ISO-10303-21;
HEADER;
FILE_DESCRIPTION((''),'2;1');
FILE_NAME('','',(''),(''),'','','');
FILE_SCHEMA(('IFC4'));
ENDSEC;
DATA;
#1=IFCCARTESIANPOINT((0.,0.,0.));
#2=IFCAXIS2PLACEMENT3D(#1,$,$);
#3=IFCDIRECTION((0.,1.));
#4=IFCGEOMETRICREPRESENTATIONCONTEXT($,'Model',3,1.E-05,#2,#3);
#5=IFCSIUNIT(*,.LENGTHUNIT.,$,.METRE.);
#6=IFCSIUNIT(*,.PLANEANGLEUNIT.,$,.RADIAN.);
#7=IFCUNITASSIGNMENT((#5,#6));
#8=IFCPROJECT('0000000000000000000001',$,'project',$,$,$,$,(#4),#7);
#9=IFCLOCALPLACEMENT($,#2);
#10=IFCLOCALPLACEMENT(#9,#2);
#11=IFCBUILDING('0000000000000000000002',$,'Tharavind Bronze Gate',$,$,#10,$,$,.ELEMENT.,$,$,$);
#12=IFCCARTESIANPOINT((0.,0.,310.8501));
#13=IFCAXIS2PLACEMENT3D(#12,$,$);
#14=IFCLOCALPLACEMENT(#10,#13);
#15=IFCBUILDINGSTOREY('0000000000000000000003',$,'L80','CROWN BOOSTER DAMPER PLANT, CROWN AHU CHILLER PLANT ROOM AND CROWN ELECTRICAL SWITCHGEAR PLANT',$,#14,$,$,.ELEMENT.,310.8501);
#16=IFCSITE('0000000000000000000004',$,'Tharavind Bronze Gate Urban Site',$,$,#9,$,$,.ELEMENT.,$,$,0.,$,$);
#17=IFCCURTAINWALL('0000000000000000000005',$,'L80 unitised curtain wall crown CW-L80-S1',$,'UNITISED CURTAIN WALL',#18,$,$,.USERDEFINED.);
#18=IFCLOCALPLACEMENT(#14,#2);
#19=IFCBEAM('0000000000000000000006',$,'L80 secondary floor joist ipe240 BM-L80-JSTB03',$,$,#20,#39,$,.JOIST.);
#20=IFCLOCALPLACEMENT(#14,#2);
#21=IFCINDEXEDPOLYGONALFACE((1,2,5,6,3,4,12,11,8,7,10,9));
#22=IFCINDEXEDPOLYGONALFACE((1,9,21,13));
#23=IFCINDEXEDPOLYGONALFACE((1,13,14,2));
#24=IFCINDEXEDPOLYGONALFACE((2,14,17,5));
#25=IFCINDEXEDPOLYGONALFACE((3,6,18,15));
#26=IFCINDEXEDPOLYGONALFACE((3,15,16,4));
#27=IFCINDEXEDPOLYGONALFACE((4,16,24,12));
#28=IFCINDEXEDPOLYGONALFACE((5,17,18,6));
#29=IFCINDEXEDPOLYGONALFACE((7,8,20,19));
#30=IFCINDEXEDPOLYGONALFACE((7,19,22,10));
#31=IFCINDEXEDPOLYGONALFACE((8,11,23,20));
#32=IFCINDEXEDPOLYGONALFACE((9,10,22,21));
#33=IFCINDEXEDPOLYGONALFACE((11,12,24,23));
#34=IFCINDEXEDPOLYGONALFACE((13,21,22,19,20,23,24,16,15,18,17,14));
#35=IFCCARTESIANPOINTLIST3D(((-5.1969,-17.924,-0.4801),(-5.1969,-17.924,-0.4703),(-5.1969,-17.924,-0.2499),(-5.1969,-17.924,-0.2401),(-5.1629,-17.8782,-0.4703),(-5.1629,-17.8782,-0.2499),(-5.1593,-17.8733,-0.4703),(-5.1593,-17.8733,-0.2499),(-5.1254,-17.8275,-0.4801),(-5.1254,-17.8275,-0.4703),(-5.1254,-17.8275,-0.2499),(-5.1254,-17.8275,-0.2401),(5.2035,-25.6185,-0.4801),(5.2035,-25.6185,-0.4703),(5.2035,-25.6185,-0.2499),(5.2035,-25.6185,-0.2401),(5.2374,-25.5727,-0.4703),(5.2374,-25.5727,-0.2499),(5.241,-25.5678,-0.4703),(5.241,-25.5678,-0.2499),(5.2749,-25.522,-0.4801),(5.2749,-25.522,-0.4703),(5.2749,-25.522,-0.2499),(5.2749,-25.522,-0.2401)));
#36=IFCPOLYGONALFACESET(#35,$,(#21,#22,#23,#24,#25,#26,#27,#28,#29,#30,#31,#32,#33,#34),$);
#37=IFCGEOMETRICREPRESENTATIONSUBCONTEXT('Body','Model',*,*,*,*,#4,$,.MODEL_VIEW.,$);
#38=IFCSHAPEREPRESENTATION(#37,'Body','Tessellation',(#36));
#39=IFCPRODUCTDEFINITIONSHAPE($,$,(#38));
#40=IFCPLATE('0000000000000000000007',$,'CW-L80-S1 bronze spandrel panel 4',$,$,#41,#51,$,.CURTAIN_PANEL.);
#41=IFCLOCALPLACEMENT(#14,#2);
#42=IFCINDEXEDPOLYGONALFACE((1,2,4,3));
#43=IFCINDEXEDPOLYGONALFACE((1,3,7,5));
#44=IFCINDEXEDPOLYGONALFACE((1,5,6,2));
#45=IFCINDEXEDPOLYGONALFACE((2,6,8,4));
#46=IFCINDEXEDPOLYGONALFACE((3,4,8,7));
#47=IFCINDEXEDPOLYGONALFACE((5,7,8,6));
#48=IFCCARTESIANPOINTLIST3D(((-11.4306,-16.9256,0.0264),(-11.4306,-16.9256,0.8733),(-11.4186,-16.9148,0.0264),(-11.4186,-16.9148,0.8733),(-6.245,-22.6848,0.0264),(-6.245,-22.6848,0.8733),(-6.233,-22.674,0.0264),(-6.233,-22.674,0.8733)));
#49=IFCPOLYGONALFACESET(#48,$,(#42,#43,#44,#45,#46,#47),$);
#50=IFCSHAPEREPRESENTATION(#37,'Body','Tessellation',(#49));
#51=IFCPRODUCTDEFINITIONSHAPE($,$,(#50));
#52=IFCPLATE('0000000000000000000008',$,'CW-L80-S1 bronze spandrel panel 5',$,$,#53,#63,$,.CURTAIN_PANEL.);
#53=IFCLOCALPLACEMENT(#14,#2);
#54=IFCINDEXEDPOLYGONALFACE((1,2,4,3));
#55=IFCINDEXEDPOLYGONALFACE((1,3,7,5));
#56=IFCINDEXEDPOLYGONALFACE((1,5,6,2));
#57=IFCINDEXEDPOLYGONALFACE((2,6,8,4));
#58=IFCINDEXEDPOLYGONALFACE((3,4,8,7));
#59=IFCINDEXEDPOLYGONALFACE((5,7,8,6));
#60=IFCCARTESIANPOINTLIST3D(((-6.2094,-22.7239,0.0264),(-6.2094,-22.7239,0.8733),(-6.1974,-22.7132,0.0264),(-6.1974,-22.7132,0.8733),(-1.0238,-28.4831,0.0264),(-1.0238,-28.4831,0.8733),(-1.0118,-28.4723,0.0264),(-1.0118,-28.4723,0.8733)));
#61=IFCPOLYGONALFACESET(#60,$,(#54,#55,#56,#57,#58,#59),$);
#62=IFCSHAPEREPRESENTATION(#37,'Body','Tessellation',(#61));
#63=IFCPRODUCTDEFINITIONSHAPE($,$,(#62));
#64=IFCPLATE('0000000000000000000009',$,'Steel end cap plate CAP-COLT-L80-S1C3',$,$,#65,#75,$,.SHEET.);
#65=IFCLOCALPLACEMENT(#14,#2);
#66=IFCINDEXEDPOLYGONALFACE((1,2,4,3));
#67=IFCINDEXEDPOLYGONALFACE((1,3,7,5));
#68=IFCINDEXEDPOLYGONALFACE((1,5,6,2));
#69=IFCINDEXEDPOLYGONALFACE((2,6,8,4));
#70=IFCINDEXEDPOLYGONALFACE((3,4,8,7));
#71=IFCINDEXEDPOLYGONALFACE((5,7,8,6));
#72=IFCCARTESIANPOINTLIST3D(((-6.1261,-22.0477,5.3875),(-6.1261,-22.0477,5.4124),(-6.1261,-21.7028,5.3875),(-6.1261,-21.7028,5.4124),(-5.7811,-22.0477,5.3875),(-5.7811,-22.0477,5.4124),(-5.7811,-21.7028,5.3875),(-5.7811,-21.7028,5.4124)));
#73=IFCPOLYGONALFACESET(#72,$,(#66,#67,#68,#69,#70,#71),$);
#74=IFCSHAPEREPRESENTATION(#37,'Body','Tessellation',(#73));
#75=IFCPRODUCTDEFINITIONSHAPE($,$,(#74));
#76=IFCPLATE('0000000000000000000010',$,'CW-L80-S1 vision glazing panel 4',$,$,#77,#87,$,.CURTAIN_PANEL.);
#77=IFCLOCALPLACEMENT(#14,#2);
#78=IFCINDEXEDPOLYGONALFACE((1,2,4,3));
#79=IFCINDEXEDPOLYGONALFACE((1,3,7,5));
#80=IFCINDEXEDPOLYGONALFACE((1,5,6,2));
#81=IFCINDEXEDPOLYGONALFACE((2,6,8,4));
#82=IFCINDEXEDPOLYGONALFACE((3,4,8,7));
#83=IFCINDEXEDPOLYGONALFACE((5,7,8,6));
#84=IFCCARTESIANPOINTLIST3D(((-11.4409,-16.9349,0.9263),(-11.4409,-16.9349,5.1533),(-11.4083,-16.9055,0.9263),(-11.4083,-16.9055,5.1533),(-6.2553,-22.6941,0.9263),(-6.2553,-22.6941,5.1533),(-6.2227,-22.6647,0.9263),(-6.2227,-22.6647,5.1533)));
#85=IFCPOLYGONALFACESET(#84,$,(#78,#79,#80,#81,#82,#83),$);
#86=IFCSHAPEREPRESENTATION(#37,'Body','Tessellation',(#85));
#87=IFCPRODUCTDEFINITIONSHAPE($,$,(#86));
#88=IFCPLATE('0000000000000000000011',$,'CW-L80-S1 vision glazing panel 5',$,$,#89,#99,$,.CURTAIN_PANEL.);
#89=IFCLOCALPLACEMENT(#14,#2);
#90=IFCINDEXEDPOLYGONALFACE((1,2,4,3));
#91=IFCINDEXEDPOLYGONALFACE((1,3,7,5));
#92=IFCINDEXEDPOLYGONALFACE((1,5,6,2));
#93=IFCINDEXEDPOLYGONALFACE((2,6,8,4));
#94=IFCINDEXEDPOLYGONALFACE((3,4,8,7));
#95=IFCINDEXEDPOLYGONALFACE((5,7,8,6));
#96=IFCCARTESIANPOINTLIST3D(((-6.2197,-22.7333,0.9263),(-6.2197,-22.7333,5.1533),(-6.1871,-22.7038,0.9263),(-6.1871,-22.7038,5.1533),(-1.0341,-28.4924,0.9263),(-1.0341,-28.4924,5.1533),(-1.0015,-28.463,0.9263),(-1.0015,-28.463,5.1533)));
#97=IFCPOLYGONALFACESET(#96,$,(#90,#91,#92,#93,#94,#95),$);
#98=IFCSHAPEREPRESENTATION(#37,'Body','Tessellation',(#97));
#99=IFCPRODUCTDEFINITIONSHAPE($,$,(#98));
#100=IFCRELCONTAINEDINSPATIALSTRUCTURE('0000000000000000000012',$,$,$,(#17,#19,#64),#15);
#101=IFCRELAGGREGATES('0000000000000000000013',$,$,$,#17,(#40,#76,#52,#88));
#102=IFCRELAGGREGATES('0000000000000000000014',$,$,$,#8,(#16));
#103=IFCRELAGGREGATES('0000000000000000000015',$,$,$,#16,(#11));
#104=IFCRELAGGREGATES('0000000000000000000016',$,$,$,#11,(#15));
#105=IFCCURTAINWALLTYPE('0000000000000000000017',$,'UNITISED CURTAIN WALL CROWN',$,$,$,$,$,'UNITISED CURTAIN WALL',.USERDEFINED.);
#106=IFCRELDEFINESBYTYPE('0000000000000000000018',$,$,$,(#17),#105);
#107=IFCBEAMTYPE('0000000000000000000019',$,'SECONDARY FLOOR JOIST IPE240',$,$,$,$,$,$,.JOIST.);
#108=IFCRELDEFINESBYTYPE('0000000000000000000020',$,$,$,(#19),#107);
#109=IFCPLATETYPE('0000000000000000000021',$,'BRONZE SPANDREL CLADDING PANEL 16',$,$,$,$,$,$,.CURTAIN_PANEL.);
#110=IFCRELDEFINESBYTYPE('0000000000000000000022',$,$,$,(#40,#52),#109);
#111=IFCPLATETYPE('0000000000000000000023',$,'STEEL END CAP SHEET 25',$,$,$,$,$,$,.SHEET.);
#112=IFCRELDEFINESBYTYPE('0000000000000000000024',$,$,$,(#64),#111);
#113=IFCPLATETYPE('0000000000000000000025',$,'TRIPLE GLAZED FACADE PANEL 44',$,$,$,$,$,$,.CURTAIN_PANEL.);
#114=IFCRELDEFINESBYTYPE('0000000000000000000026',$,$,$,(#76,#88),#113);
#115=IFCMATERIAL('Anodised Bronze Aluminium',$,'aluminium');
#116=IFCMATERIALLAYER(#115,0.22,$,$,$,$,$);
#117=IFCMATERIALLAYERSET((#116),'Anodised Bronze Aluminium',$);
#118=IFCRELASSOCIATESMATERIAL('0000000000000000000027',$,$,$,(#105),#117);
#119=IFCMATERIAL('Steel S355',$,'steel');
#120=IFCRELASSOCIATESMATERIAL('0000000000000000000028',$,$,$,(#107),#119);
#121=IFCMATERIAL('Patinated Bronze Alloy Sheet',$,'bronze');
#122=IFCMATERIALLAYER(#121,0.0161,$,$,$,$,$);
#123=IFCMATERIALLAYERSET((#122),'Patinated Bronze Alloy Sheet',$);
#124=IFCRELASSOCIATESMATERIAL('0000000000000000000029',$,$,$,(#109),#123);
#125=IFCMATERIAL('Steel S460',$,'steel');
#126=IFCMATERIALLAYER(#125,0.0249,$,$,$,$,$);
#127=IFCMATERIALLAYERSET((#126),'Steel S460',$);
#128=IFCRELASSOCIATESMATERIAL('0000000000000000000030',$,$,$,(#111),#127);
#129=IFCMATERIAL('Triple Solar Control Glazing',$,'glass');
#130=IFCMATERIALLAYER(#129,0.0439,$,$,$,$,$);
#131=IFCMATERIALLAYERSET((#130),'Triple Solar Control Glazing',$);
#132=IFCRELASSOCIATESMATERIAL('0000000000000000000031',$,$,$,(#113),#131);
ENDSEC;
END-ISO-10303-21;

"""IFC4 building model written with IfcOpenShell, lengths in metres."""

from ifc_helpers import new_model, si_unit, direction, frame, origin, origin_2d, place, context, subcontext, project, spatial, rectangle, i_section, extrude, material, layer, layer_set, material_profile, profile_set, type_object, element, aggregate, save


model = new_model("IFC4")

# Units and contexts
model_context = context("Model", 3, precision=1e-05, world=origin(), true_north=direction((0.0, 1.0)))
body_context = subcontext(model_context, "Body", "Model", "MODEL_VIEW")
ifc_project = project(units=[si_unit("LENGTHUNIT", "METRE"), si_unit("PLANEANGLEUNIT", "RADIAN")], contexts=[model_context])

# Site, building, storey
site_placement = place(None, origin())
site = spatial("IfcSite", under=ifc_project, at=site_placement, Name="Tharavind Bronze Gate Urban Site", CompositionType="ELEMENT", RefElevation=0.0)
building_placement = place(site_placement, origin())
building = spatial("IfcBuilding", under=site, at=building_placement, Name="Tharavind Bronze Gate", CompositionType="ELEMENT")
storey_placement = place(building_placement, frame((0.0, 0.0, 310.8501)))
storey = spatial("IfcBuildingStorey", under=building, at=storey_placement, Name="L80", Description="CROWN BOOSTER DAMPER PLANT, CROWN AHU CHILLER PLANT ROOM AND CROWN ELECTRICAL SWITCHGEAR PLANT", CompositionType="ELEMENT", Elevation=310.8501)

# Shared definitions
ifc_material_1 = material(Name="Steel S460", Category="steel")

# Curtain wall
ifc_material_2 = material(Name="Anodised Bronze Aluminium", Category="aluminium")
ifc_layer_1 = layer(ifc_material_2, 0.22)
ifc_layer_set_1 = layer_set([ifc_layer_1], Name="Anodised Bronze Aluminium")
curtain_wall_type = type_object("IfcCurtainWallType", Name="UNITISED CURTAIN WALL CROWN", ElementType="UNITISED CURTAIN WALL", PredefinedType="USERDEFINED", material=ifc_layer_set_1)
curtain_wall_placement = place(storey_placement, origin())
curtain_wall = element("IfcCurtainWall", 1, at=curtain_wall_placement, inside=storey, type_object=curtain_wall_type, Name="L80 unitised curtain wall crown CW-L80-S1", ObjectType="UNITISED CURTAIN WALL", PredefinedType="USERDEFINED")

# Beam
ifc_material_3 = material(Name="Steel S355", Category="steel")
ifc_material_profile_1 = material_profile(ifc_material_3, i_section(OverallWidth=0.1201, OverallDepth=0.24, WebThickness=0.0061, FlangeThickness=0.0098, at=origin_2d()), Name="IPE240")
ifc_profile_set_1 = profile_set([ifc_material_profile_1], Name="Steel S355")
beam_type_1 = type_object("IfcBeamType", Name="SECONDARY FLOOR JOIST IPE240", PredefinedType="JOIST", material=ifc_profile_set_1)
beam_1_placement = place(storey_placement, frame((-5.1611, -17.8757, -0.3601), z_axis=(0.803905, -0.594758, 0.0), x_axis=(0.594758, 0.803905, 0.0)))
element("IfcBeam", 2, at=beam_1_placement, inside=storey, type_object=beam_type_1, Name="L80 secondary floor joist ipe240 BM-L80-JSTB03", PredefinedType="JOIST", context=body_context, shape_type="SweptSolid", body=[
    extrude(i_section(OverallWidth=0.1201, OverallDepth=0.24, WebThickness=0.0061, FlangeThickness=0.0098, at=origin_2d()), origin(), (0.0, 0.0, 1.0), 12.9373),
])

# Plates
ifc_material_4 = material(Name="Patinated Bronze Alloy Sheet", Category="bronze")
ifc_layer_2 = layer(ifc_material_4, 0.0161)
ifc_layer_set_2 = layer_set([ifc_layer_2], Name="Patinated Bronze Alloy Sheet")
plate_type_1 = type_object("IfcPlateType", Name="BRONZE SPANDREL CLADDING PANEL 16", PredefinedType="CURTAIN_PANEL", material=ifc_layer_set_2)
plate_1_placement = place(storey_placement, frame((-8.8318, -19.7998, 0.0264), z_axis=(0.0, 0.0, 1.0), x_axis=(0.669131, -0.743145, 0.0)))
plate_1 = element("IfcPlate", 3, at=plate_1_placement, type_object=plate_type_1, Name="CW-L80-S1 bronze spandrel panel 4", PredefinedType="CURTAIN_PANEL", context=body_context, shape_type="SweptSolid", body=[
    extrude(rectangle(XDim=7.7498, YDim=0.0161, at=origin_2d()), origin(), (0.0, 0.0, 1.0), 0.8469),
])
plate_2_placement = place(storey_placement, frame((-3.6106, -25.5981, 0.0264), z_axis=(0.0, 0.0, 1.0), x_axis=(0.669131, -0.743145, 0.0)))
plate_2 = element("IfcPlate", 4, at=plate_2_placement, type_object=plate_type_1, Name="CW-L80-S1 bronze spandrel panel 5", PredefinedType="CURTAIN_PANEL", context=body_context, shape_type="SweptSolid", body=[
    extrude(rectangle(XDim=7.7498, YDim=0.0161, at=origin_2d()), origin(), (0.0, 0.0, 1.0), 0.8469),
])
ifc_layer_3 = layer(ifc_material_1, 0.0249)
ifc_layer_set_3 = layer_set([ifc_layer_3], Name="Steel S460")
plate_type_2 = type_object("IfcPlateType", Name="STEEL END CAP SHEET 25", PredefinedType="SHEET", material=ifc_layer_set_3)
plate_3_placement = place(storey_placement, frame((-5.9536, -21.8752, 5.3875), z_axis=(0.0, 0.0, 1.0), x_axis=(1.0, 0.0, 0.0)))
element("IfcPlate", 5, at=plate_3_placement, inside=storey, type_object=plate_type_2, Name="Steel end cap plate CAP-COLT-L80-S1C3", PredefinedType="SHEET", context=body_context, shape_type="SweptSolid", body=[
    extrude(rectangle(XDim=0.345, YDim=0.345, at=origin_2d()), origin(), (0.0, 0.0, 1.0), 0.0249),
])
ifc_material_5 = material(Name="Triple Solar Control Glazing", Category="glass")
ifc_layer_4 = layer(ifc_material_5, 0.0439)
ifc_layer_set_4 = layer_set([ifc_layer_4], Name="Triple Solar Control Glazing")
plate_type_3 = type_object("IfcPlateType", Name="TRIPLE GLAZED FACADE PANEL 44", PredefinedType="CURTAIN_PANEL", material=ifc_layer_set_4)
plate_4_placement = place(storey_placement, frame((-8.8318, -19.7998, 0.9263), z_axis=(0.0, 0.0, 1.0), x_axis=(0.669131, -0.743145, 0.0)))
plate_4 = element("IfcPlate", 6, at=plate_4_placement, type_object=plate_type_3, Name="CW-L80-S1 vision glazing panel 4", PredefinedType="CURTAIN_PANEL", context=body_context, shape_type="SweptSolid", body=[
    extrude(rectangle(XDim=7.7498, YDim=0.0439, at=origin_2d()), origin(), (0.0, 0.0, 1.0), 4.2271),
])
plate_5_placement = place(storey_placement, frame((-3.6106, -25.5981, 0.9263), z_axis=(0.0, 0.0, 1.0), x_axis=(0.669131, -0.743145, 0.0)))
plate_5 = element("IfcPlate", 7, at=plate_5_placement, type_object=plate_type_3, Name="CW-L80-S1 vision glazing panel 5", PredefinedType="CURTAIN_PANEL", context=body_context, shape_type="SweptSolid", body=[
    extrude(rectangle(XDim=7.7498, YDim=0.0439, at=origin_2d()), origin(), (0.0, 0.0, 1.0), 4.2271),
])
aggregate(curtain_wall, [plate_1, plate_4, plate_2, plate_5])

save(model, "model.ifc")
